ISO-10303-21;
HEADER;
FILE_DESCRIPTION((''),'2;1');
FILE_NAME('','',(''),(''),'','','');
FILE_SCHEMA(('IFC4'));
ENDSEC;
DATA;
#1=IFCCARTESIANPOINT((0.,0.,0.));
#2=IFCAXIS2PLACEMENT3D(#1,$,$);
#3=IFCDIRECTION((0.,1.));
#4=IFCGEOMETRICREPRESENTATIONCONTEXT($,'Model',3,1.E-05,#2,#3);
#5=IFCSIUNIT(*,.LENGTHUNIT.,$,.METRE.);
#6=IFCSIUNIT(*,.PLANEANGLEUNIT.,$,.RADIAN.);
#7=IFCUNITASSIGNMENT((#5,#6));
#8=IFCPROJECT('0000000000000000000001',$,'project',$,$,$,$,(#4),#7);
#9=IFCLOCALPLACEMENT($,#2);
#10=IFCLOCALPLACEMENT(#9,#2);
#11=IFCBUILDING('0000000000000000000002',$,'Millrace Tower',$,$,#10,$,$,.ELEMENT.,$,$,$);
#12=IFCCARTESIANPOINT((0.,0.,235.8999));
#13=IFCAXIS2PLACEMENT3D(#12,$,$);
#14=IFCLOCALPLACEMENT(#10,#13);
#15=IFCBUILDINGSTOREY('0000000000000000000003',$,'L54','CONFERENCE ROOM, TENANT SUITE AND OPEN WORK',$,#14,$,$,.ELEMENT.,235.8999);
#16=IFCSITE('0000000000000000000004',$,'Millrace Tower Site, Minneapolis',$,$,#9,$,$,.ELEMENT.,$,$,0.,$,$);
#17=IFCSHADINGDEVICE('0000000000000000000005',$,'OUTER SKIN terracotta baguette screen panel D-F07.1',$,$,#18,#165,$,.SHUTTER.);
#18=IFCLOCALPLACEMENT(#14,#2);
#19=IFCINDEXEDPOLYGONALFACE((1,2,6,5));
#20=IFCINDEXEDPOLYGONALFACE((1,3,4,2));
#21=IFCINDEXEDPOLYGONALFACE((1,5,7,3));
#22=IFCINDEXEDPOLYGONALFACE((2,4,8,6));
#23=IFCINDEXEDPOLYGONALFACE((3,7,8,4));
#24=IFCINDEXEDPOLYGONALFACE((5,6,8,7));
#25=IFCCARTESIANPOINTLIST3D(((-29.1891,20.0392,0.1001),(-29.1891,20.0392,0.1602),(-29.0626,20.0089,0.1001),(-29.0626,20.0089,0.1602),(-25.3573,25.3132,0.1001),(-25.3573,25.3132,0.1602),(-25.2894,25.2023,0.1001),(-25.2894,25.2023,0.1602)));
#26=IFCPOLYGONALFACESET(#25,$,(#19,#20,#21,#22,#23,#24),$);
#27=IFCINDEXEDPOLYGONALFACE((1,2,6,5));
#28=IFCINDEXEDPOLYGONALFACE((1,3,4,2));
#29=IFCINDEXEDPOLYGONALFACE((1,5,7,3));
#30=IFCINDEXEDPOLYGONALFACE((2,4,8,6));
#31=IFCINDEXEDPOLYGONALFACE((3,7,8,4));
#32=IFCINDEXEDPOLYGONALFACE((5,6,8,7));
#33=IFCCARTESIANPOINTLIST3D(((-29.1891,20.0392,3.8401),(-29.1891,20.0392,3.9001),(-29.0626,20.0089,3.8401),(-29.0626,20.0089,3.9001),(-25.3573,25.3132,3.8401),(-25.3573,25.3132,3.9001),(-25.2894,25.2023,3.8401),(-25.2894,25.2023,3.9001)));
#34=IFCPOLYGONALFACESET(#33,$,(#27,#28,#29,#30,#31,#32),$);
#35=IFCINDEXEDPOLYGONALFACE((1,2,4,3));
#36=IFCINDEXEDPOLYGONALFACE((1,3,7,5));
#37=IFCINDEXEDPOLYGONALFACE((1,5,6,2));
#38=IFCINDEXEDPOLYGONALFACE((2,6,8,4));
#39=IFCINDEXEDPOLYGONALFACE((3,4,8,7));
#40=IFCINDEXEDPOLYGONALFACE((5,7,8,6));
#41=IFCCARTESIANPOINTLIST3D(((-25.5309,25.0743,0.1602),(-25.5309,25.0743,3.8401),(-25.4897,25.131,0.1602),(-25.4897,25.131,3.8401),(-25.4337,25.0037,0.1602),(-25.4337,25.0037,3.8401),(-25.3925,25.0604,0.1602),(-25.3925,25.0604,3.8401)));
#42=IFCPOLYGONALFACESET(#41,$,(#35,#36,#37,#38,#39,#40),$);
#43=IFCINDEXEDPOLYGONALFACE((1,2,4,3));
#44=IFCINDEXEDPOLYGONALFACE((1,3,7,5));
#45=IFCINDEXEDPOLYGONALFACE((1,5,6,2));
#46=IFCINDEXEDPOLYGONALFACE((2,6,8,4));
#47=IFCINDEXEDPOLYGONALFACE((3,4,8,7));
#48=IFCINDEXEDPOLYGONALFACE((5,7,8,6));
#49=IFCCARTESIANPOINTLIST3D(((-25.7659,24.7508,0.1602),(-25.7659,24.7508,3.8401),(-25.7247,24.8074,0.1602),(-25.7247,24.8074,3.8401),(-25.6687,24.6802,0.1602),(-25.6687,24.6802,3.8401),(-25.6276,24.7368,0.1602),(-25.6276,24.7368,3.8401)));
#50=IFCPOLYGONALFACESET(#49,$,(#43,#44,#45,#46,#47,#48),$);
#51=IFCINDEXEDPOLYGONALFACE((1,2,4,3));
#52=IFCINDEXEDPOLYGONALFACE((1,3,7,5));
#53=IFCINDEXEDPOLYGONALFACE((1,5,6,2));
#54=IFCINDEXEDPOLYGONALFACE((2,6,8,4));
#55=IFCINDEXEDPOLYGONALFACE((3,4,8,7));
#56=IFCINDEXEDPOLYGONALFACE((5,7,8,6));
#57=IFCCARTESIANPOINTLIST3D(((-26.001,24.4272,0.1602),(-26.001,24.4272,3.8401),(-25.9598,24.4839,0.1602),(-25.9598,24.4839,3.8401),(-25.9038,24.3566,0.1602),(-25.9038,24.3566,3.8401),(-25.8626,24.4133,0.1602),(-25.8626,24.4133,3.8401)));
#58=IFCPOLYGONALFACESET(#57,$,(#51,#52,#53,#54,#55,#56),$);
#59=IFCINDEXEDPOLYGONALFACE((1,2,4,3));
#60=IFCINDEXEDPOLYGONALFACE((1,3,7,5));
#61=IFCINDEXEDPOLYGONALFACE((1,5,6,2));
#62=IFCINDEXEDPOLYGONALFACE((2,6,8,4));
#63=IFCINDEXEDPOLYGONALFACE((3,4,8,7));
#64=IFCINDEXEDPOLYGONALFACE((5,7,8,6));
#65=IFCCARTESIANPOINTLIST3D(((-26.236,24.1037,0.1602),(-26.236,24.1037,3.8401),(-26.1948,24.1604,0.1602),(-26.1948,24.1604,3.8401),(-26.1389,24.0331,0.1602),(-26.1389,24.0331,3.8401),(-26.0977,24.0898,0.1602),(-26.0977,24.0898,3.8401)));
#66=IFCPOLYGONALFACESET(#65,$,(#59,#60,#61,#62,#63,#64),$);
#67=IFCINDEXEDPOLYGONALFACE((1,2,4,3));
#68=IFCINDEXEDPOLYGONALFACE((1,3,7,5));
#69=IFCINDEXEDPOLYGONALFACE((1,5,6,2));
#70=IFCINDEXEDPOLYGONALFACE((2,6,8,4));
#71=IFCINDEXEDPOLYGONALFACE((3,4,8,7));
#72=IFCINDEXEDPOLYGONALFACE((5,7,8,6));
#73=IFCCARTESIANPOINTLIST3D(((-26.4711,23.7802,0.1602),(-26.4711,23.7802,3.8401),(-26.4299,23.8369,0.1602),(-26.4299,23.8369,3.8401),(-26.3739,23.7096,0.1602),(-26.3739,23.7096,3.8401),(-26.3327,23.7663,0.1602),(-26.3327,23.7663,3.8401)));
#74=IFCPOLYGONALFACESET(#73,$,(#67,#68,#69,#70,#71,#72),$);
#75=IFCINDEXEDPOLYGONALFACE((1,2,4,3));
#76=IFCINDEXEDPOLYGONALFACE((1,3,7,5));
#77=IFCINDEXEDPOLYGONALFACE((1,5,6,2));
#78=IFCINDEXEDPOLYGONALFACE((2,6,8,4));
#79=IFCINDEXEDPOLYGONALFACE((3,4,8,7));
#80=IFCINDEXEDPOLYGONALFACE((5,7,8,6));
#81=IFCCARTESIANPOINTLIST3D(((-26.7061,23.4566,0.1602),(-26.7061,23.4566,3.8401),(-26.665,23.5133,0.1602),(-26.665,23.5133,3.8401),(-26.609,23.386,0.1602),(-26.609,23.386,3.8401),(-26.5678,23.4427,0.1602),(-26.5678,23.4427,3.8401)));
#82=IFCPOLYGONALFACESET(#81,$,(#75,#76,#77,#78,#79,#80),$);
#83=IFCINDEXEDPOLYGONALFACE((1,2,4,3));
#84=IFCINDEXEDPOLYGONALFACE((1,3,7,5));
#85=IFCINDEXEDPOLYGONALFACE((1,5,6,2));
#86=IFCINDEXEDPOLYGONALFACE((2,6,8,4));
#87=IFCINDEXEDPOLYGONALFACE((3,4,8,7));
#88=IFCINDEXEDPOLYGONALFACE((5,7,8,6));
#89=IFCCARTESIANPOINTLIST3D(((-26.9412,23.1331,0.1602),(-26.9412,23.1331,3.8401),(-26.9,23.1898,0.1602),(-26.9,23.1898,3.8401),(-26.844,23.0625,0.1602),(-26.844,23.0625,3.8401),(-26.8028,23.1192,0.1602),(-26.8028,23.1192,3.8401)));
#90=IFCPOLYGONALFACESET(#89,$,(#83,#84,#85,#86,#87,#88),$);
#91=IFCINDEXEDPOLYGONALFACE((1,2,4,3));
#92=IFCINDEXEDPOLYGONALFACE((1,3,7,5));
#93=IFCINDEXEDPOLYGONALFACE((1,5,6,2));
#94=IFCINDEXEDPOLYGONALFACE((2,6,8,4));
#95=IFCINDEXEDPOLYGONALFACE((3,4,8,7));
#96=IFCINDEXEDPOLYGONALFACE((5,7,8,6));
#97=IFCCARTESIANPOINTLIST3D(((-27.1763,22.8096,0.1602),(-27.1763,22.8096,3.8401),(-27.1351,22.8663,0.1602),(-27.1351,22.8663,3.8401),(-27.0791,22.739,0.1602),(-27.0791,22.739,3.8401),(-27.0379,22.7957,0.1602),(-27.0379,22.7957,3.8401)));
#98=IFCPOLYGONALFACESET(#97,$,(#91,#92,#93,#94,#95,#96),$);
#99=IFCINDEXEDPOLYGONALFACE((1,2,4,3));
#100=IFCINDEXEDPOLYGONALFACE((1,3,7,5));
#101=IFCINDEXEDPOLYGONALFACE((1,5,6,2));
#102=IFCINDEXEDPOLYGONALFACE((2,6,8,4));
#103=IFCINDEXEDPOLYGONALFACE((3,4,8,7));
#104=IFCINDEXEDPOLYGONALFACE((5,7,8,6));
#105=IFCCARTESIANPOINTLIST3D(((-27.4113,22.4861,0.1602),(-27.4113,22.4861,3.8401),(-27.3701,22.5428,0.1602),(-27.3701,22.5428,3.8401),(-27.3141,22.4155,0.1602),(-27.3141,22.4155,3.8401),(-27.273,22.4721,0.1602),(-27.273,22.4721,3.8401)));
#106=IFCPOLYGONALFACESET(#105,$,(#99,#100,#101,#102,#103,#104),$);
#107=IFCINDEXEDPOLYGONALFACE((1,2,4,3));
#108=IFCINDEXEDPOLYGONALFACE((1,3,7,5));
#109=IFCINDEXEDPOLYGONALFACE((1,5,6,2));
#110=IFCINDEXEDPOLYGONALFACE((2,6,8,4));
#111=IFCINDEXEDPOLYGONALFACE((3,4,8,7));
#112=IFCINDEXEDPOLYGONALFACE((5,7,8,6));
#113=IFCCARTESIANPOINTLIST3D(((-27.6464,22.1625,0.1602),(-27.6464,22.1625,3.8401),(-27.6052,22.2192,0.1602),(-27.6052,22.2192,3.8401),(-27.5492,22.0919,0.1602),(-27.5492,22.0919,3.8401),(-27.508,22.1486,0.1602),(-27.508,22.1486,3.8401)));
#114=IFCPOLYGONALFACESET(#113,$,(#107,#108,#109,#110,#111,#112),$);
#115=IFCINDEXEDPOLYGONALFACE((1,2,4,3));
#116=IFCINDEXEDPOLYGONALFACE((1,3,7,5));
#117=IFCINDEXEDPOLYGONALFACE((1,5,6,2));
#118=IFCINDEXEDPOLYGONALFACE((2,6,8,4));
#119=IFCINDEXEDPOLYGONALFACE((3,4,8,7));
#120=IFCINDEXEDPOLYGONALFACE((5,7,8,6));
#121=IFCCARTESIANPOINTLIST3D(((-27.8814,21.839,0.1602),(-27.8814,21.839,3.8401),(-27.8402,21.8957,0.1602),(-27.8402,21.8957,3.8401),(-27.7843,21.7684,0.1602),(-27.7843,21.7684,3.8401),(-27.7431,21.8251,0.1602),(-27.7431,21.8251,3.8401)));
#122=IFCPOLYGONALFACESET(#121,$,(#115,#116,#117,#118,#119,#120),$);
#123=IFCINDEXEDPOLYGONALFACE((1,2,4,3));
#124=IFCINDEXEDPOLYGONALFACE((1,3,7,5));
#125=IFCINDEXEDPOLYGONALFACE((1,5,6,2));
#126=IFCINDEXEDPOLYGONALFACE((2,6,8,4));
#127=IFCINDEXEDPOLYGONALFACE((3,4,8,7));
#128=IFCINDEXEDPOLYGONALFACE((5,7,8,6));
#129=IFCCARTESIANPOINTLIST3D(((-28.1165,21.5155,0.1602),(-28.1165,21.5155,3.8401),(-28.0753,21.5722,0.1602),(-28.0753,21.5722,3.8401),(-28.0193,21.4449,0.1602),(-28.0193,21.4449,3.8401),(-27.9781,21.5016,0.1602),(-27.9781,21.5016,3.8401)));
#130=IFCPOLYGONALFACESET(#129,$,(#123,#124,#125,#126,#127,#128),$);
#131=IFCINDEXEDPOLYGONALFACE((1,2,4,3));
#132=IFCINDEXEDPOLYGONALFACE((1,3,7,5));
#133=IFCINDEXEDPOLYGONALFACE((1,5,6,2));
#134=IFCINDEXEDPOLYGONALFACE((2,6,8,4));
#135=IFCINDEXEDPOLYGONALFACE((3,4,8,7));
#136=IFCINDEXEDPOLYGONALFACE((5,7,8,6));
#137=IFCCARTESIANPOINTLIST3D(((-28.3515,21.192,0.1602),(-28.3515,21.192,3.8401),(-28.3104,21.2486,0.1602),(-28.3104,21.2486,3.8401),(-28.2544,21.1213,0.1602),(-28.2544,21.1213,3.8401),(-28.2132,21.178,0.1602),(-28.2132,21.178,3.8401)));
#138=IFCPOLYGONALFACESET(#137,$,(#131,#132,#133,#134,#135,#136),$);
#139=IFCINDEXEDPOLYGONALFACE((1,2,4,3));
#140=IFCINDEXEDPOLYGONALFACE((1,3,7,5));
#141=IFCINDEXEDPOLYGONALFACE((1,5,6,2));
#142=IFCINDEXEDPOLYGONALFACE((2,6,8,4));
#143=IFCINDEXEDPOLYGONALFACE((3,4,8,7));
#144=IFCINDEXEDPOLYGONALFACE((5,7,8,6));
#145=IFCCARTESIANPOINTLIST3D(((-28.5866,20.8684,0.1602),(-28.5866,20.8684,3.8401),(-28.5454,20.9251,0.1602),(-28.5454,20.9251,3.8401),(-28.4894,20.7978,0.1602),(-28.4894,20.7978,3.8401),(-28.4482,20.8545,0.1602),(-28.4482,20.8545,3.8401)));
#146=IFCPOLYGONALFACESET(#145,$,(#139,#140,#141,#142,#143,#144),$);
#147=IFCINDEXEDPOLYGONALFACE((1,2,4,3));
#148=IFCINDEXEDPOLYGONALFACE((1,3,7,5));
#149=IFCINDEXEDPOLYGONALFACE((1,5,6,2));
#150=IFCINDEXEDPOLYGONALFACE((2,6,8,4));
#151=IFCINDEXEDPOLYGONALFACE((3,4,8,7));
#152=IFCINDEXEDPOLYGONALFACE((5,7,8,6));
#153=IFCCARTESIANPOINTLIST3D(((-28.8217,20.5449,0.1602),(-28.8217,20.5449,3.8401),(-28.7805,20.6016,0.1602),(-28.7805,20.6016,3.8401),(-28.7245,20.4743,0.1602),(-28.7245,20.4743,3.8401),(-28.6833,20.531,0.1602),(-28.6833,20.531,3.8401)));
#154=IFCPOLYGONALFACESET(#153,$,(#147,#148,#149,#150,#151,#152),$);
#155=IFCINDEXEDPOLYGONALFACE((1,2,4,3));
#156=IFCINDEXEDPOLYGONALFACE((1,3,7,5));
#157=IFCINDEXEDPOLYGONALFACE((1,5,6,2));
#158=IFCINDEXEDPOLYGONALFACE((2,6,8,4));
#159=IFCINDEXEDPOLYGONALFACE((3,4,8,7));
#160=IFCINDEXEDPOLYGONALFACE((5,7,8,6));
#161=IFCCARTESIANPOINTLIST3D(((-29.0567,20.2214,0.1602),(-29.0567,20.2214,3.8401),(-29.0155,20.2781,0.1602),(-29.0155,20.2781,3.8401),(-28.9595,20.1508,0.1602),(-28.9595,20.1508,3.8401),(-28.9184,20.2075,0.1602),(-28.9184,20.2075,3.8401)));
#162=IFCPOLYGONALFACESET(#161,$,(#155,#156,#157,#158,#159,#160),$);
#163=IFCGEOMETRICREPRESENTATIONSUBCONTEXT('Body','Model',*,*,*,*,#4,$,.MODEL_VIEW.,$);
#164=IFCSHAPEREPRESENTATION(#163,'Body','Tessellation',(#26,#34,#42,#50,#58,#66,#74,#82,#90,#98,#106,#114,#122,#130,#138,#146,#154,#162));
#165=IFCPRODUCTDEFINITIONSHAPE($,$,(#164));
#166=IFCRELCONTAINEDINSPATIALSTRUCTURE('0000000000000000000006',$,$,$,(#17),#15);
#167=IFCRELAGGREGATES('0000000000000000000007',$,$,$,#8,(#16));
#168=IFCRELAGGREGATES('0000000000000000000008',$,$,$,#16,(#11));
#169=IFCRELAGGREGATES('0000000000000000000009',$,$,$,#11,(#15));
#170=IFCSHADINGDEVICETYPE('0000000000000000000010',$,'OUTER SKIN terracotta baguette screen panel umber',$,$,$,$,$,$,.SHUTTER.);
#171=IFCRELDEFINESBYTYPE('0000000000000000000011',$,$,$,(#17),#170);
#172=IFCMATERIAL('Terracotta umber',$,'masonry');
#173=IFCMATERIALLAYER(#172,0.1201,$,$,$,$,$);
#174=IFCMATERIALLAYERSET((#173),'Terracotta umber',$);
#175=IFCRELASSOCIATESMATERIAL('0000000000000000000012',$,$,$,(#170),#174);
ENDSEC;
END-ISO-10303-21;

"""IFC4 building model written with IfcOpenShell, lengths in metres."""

from ifc_helpers import new_model, entity, si_unit, direction, frame, frame_2d, origin, place, context, subcontext, project, spatial, rectangle, extrude, source, transform, mapped, material, layer, layer_set, type_object, element, save


model = new_model("IFC4")

# Units and contexts
model_context = context("Model", 3, precision=1e-05, world=origin(), true_north=direction((0.0, 1.0)))
body_context = subcontext(model_context, "Body", "Model", "MODEL_VIEW")
ifc_project = project(units=[si_unit("LENGTHUNIT", "METRE"), si_unit("PLANEANGLEUNIT", "RADIAN")], contexts=[model_context])

# Site, building, storey
site_placement = place(None, origin())
site = spatial("IfcSite", under=ifc_project, at=site_placement, Name="Millrace Tower Site, Minneapolis", CompositionType="ELEMENT", RefElevation=0.0)
building_placement = place(site_placement, origin())
building = spatial("IfcBuilding", under=site, at=building_placement, Name="Millrace Tower", CompositionType="ELEMENT")
storey_placement = place(building_placement, frame((0.0, 0.0, 235.8999)))
storey = spatial("IfcBuildingStorey", under=building, at=storey_placement, Name="L54", Description="CONFERENCE ROOM, TENANT SUITE AND OPEN WORK", CompositionType="ELEMENT", Elevation=235.8999)

# Shading device
ifc_material_1 = material(Name="Terracotta umber", Category="masonry")
ifc_layer_1 = layer(ifc_material_1, 0.1201)
ifc_layer_set_1 = layer_set([ifc_layer_1], Name="Terracotta umber")
shading_device_type = type_object("IfcShadingDeviceType", Name="OUTER SKIN terracotta baguette screen panel umber", PredefinedType="SHUTTER", material=ifc_layer_set_1)
cartesian_point_1 = entity("IfcCartesianPoint", [-3.2097, 0.0601])
shared_polyline_1 = entity("IfcPolyline", [cartesian_point_1, entity("IfcCartesianPoint", [3.2097, 0.0601]), entity("IfcCartesianPoint", [3.2595, -0.0601]), entity("IfcCartesianPoint", [-3.2595, -0.0601]), cartesian_point_1])
shared_shape_1 = source(origin(), body_context, "Body", "SweptSolid", [
    entity("IfcExtrudedAreaSolid", entity("IfcArbitraryClosedProfileDef", "AREA", None, shared_polyline_1), entity("IfcAxis2Placement3D", entity("IfcCartesianPoint", [0.0, 0.0, 0.0])), entity("IfcDirection", [0.0, 0.0, 1.0]), 0.0601),
    entity("IfcExtrudedAreaSolid", entity("IfcArbitraryClosedProfileDef", "AREA", None, shared_polyline_1), entity("IfcAxis2Placement3D", entity("IfcCartesianPoint", [0.0, 0.0, 3.74])), entity("IfcDirection", [0.0, 0.0, 1.0]), 0.0601),
    extrude(rectangle(XDim=0.0701, YDim=0.1201, at=frame_2d((-2.9993, 0.0))), frame((0.0, 0.0, 0.0601)), (0.0, 0.0, 1.0), 3.6799),
    extrude(rectangle(XDim=0.0701, YDim=0.1201, at=frame_2d((-2.5994, 0.0))), frame((0.0, 0.0, 0.0601)), (0.0, 0.0, 1.0), 3.6799),
    extrude(rectangle(XDim=0.0701, YDim=0.1201, at=frame_2d((-2.1995, 0.0))), frame((0.0, 0.0, 0.0601)), (0.0, 0.0, 1.0), 3.6799),
    extrude(rectangle(XDim=0.0701, YDim=0.1201, at=frame_2d((-1.7996, 0.0))), frame((0.0, 0.0, 0.0601)), (0.0, 0.0, 1.0), 3.6799),
    extrude(rectangle(XDim=0.0701, YDim=0.1201, at=frame_2d((-1.3997, 0.0))), frame((0.0, 0.0, 0.0601)), (0.0, 0.0, 1.0), 3.6799),
    extrude(rectangle(XDim=0.0701, YDim=0.1201, at=frame_2d((-0.9998, 0.0))), frame((0.0, 0.0, 0.0601)), (0.0, 0.0, 1.0), 3.6799),
    extrude(rectangle(XDim=0.0701, YDim=0.1201, at=frame_2d((-0.5999, 0.0))), frame((0.0, 0.0, 0.0601)), (0.0, 0.0, 1.0), 3.6799),
    extrude(rectangle(XDim=0.0701, YDim=0.1201, at=frame_2d((-0.2, 0.0))), frame((0.0, 0.0, 0.0601)), (0.0, 0.0, 1.0), 3.6799),
    extrude(rectangle(XDim=0.0701, YDim=0.1201, at=frame_2d((0.2, 0.0))), frame((0.0, 0.0, 0.0601)), (0.0, 0.0, 1.0), 3.6799),
    extrude(rectangle(XDim=0.0701, YDim=0.1201, at=frame_2d((0.5999, 0.0))), frame((0.0, 0.0, 0.0601)), (0.0, 0.0, 1.0), 3.6799),
    extrude(rectangle(XDim=0.0701, YDim=0.1201, at=frame_2d((0.9998, 0.0))), frame((0.0, 0.0, 0.0601)), (0.0, 0.0, 1.0), 3.6799),
    extrude(rectangle(XDim=0.0701, YDim=0.1201, at=frame_2d((1.3997, 0.0))), frame((0.0, 0.0, 0.0601)), (0.0, 0.0, 1.0), 3.6799),
    extrude(rectangle(XDim=0.0701, YDim=0.1201, at=frame_2d((1.7996, 0.0))), frame((0.0, 0.0, 0.0601)), (0.0, 0.0, 1.0), 3.6799),
    extrude(rectangle(XDim=0.0701, YDim=0.1201, at=frame_2d((2.1995, 0.0))), frame((0.0, 0.0, 0.0601)), (0.0, 0.0, 1.0), 3.6799),
    extrude(rectangle(XDim=0.0701, YDim=0.1201, at=frame_2d((2.5994, 0.0))), frame((0.0, 0.0, 0.0601)), (0.0, 0.0, 1.0), 3.6799),
    extrude(rectangle(XDim=0.0701, YDim=0.1201, at=frame_2d((2.9993, 0.0))), frame((0.0, 0.0, 0.0601)), (0.0, 0.0, 1.0), 3.6799),
])
shading_device_1_placement = place(storey_placement, frame((-27.2246, 22.6409, 0.1001), z_axis=(0.0, 0.0, 1.0), x_axis=(-0.587785, -0.809017, 0.0)))
element("IfcShadingDevice", 1, at=shading_device_1_placement, inside=storey, type_object=shading_device_type, Name="OUTER SKIN terracotta baguette screen panel D-F07.1", PredefinedType="SHUTTER", context=body_context, shape_type="MappedRepresentation", body=[
    mapped(shared_shape_1, transform((0.0, 0.0, 0.0), scale=1.0)),
])

save(model, "model.ifc")
